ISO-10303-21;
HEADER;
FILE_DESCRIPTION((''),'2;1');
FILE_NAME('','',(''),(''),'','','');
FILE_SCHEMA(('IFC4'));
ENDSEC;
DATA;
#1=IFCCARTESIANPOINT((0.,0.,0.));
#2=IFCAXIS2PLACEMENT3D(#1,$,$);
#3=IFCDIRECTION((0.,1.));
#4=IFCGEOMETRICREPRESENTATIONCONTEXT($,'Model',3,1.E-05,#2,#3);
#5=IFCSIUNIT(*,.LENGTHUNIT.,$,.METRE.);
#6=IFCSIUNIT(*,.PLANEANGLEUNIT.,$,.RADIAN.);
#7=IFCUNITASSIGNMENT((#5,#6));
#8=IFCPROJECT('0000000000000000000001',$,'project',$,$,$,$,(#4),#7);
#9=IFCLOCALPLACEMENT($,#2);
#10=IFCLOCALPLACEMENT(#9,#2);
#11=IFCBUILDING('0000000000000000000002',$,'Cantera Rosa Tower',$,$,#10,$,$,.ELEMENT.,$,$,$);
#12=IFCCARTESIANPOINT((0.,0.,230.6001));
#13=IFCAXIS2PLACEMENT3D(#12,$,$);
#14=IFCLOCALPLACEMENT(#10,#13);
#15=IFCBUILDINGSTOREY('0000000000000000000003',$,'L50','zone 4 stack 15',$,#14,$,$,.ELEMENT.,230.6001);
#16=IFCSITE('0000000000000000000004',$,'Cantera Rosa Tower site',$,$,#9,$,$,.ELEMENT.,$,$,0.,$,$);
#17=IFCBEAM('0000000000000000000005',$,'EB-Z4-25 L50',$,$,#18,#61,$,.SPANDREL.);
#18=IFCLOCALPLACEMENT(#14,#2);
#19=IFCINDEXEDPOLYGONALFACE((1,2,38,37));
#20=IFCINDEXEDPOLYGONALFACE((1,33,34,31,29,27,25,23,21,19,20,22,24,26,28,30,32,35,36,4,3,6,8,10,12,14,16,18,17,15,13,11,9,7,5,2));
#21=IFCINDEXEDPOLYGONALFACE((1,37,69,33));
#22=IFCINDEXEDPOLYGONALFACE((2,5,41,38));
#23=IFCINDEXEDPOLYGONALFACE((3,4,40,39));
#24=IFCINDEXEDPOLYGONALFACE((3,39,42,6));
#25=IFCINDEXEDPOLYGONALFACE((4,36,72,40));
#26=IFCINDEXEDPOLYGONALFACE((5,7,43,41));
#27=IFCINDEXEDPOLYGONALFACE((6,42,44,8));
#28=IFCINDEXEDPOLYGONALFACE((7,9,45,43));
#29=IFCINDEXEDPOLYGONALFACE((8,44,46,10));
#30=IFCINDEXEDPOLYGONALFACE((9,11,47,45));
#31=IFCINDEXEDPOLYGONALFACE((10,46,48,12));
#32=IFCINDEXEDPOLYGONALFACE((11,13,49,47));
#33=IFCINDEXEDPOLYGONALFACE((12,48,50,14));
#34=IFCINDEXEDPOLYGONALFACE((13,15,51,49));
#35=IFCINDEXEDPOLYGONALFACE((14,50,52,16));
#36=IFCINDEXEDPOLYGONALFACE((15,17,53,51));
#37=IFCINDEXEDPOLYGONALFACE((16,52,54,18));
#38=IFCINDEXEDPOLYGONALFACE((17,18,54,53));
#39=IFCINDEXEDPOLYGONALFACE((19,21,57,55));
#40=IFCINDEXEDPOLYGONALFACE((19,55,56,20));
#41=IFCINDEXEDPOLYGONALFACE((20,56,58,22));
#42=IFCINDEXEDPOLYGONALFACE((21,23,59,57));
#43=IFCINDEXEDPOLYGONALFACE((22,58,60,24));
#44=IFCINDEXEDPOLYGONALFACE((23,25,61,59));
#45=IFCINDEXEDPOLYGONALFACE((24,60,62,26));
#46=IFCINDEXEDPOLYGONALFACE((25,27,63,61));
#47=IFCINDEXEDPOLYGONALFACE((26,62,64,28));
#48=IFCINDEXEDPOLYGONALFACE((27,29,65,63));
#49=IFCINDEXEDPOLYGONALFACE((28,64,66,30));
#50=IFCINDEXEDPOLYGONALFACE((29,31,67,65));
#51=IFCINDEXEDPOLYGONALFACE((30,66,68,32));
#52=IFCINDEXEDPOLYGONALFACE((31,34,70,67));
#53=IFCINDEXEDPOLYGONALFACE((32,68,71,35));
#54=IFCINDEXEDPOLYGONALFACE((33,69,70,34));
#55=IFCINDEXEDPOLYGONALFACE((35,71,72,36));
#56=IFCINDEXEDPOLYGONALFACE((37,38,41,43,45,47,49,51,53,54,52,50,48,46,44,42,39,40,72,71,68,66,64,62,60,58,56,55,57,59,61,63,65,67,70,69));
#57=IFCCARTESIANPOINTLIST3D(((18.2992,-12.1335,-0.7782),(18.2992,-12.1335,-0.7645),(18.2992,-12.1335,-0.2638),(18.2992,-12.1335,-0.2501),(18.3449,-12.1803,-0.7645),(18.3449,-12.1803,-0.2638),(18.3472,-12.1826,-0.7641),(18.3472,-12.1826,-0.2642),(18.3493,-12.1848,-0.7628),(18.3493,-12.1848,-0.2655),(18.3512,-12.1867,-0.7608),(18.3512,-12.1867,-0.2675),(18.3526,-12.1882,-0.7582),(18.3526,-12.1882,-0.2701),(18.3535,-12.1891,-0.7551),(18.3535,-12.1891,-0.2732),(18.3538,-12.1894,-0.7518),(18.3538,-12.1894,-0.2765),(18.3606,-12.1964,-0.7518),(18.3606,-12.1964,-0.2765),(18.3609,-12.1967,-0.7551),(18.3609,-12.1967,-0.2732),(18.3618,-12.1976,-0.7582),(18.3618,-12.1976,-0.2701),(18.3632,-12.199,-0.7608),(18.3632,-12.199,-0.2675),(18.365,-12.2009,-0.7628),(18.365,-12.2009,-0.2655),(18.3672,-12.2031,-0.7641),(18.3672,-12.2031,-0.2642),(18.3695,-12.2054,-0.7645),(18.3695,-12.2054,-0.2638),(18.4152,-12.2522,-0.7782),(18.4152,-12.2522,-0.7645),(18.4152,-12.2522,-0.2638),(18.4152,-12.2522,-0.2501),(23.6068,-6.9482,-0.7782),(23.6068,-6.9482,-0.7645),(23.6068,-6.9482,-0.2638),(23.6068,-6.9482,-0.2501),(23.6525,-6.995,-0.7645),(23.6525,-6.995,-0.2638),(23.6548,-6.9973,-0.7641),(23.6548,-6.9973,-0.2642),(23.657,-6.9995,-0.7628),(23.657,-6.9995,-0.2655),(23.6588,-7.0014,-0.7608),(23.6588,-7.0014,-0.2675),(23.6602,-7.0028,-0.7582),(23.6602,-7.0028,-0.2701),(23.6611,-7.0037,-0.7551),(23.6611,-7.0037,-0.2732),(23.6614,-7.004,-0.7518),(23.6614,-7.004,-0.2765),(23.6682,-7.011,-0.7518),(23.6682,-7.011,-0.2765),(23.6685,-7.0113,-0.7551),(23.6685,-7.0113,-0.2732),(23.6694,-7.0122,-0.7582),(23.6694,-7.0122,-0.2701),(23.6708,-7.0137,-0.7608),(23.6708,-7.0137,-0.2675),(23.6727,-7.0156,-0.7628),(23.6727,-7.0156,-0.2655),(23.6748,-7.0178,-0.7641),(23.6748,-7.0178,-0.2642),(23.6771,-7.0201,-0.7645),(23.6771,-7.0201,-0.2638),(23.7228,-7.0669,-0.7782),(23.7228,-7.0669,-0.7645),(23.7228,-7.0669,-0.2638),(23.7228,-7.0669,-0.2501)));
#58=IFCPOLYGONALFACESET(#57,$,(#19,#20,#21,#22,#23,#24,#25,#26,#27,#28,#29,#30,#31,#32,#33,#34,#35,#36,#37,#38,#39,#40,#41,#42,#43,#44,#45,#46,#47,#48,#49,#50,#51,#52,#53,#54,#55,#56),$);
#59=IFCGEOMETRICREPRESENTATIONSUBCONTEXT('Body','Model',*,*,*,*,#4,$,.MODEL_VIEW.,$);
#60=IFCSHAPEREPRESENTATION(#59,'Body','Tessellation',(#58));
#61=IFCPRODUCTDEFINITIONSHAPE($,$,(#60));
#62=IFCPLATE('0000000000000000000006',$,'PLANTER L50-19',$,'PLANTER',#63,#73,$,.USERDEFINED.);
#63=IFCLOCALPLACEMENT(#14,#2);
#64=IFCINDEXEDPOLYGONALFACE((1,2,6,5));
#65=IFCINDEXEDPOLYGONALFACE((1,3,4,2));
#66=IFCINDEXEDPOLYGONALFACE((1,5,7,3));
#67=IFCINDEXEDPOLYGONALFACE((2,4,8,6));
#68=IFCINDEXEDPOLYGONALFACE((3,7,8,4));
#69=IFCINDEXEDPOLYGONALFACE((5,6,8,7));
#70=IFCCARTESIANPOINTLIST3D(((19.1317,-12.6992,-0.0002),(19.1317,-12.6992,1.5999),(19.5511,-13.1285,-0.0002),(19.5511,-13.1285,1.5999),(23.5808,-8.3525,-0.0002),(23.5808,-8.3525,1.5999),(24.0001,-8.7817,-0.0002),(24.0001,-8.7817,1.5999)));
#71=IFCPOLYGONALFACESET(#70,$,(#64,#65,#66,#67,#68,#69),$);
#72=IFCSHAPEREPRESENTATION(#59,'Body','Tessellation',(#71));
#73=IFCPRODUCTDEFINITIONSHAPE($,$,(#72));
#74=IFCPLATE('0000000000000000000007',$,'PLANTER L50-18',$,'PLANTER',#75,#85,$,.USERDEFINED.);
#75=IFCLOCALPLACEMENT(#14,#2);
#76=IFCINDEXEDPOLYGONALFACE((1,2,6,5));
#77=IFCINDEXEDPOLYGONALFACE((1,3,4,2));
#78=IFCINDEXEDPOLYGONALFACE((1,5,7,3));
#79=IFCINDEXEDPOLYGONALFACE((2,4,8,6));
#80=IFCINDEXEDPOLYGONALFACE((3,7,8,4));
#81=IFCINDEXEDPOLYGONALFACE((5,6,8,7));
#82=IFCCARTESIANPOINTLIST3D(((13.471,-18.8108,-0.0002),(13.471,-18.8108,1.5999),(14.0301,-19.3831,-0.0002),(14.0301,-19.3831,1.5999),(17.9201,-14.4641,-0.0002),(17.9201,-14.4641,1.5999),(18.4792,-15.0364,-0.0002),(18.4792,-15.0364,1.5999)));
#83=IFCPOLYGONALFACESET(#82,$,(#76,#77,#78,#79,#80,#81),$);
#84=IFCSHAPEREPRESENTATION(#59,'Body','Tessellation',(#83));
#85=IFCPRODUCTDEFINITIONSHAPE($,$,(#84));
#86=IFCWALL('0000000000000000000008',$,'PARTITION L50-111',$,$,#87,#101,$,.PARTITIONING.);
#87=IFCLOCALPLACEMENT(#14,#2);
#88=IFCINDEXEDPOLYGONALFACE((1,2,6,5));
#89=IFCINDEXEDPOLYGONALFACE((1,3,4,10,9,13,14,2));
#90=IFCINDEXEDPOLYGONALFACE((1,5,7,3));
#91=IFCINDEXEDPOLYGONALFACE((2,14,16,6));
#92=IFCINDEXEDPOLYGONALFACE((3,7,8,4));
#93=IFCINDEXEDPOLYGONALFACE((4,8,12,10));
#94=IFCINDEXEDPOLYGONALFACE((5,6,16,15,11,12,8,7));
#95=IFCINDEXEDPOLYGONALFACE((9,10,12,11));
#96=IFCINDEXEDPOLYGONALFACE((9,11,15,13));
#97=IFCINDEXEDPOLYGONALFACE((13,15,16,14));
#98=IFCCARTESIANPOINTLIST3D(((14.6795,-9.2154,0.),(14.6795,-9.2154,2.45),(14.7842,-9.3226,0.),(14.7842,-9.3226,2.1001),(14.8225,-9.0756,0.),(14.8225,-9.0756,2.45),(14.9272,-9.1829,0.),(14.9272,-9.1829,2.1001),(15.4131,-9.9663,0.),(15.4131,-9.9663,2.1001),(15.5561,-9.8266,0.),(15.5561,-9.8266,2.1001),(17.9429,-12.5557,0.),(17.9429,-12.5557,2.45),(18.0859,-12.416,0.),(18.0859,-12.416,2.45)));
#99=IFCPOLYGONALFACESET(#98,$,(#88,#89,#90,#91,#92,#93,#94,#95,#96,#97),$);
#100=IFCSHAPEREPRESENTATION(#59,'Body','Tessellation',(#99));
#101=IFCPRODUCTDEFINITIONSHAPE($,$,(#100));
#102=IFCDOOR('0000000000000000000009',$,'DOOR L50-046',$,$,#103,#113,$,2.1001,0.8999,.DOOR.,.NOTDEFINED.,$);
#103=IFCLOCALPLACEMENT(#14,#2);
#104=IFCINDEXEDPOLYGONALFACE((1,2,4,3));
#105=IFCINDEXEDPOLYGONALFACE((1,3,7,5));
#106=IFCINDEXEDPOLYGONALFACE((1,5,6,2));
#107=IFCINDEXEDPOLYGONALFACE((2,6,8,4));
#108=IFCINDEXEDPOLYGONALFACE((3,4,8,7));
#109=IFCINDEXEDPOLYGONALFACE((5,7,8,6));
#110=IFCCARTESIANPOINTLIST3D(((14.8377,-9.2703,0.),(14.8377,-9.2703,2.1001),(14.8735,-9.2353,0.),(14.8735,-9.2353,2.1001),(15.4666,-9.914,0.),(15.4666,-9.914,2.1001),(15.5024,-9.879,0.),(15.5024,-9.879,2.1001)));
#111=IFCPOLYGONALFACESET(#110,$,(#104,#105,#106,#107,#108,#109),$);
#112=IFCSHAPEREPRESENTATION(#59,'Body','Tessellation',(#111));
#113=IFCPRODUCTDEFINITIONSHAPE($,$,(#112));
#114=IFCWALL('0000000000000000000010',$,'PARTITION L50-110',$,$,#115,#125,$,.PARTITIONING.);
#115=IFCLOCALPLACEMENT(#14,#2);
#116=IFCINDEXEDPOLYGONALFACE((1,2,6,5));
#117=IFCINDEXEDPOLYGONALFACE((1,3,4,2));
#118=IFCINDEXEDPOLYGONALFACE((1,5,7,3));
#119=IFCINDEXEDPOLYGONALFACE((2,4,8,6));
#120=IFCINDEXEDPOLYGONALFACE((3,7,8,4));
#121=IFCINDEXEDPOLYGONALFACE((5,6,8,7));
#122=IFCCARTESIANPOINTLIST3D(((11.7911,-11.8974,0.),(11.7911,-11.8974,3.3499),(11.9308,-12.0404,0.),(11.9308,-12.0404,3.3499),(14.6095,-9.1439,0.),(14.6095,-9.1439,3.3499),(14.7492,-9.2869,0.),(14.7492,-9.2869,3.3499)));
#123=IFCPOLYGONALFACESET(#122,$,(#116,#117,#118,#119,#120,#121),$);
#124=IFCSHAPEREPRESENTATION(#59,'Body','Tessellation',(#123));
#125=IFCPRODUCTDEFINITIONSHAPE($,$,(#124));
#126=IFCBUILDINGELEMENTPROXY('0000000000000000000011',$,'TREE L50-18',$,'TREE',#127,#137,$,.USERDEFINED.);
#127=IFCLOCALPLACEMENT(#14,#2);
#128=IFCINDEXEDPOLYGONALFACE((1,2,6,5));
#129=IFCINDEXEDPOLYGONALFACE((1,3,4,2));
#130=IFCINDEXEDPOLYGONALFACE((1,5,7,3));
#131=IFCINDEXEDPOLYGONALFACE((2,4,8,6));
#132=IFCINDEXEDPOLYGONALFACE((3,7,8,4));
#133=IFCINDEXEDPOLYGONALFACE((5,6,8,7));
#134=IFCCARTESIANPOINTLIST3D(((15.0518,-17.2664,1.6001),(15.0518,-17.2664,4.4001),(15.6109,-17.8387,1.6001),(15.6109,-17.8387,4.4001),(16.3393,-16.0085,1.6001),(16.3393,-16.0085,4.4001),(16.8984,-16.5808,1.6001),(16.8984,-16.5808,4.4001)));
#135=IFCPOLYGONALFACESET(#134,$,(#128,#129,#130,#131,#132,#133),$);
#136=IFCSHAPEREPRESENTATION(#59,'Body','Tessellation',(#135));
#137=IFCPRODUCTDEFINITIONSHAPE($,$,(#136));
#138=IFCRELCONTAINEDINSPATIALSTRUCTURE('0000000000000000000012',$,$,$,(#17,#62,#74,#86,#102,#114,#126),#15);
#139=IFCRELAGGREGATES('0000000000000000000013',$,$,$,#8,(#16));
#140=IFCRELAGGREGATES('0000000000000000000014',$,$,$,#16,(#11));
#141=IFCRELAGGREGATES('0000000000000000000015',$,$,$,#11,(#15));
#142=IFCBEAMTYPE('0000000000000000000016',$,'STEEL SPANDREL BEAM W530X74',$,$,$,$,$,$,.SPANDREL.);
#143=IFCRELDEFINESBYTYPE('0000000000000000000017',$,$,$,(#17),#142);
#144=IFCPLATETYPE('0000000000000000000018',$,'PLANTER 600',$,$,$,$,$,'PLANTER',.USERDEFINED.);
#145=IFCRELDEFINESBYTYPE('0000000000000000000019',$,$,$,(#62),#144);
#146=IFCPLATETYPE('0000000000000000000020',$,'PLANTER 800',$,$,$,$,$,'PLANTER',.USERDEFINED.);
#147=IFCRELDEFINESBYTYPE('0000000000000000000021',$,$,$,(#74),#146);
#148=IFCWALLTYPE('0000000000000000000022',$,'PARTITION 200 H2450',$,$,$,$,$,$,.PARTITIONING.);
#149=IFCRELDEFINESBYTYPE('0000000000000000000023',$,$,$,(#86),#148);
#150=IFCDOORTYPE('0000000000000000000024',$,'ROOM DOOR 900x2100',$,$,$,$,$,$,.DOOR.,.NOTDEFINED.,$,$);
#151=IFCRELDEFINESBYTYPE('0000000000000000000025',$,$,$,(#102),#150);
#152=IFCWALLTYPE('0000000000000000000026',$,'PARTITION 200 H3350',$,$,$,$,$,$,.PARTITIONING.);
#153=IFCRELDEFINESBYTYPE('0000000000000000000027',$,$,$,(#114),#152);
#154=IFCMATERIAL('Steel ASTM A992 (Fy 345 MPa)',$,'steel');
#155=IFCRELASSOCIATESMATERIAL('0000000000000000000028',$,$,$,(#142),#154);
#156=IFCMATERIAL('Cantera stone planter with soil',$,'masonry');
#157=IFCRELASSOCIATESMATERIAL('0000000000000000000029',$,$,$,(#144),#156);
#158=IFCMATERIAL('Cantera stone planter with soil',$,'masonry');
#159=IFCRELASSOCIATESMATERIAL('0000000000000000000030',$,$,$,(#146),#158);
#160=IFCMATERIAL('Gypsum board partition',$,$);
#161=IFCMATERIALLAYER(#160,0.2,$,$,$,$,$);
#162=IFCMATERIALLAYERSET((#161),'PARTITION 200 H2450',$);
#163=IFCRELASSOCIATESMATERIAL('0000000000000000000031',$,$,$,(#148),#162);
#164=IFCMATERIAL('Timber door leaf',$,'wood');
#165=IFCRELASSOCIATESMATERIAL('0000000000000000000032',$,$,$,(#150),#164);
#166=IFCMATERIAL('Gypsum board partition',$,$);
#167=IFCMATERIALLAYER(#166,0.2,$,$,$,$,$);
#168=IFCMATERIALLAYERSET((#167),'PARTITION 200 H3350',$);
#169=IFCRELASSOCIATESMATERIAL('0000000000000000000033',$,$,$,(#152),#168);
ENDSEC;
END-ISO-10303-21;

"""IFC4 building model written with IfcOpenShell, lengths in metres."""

from ifc_helpers import new_model, si_unit, direction, frame, frame_2d, origin, origin_2d, place, context, subcontext, project, spatial, rectangle, i_section, extrude, material, layer, layer_set, material_profile, profile_set, type_object, element, fill, save


model = new_model("IFC4")

# Units and contexts
model_context = context("Model", 3, precision=1e-05, world=origin(), true_north=direction((0.0, 1.0)))
body_context = subcontext(model_context, "Body", "Model", "MODEL_VIEW")
ifc_project = project(units=[si_unit("LENGTHUNIT", "METRE"), si_unit("PLANEANGLEUNIT", "RADIAN")], contexts=[model_context])

# Site, building, storey
site_placement = place(None, origin())
site = spatial("IfcSite", under=ifc_project, at=site_placement, Name="Cantera Rosa Tower site", CompositionType="ELEMENT", RefElevation=0.0)
building_placement = place(site_placement, origin())
building = spatial("IfcBuilding", under=site, at=building_placement, Name="Cantera Rosa Tower", CompositionType="ELEMENT")
storey_placement = place(building_placement, frame((0.0, 0.0, 230.6001)))
storey = spatial("IfcBuildingStorey", under=building, at=storey_placement, Name="L50", Description="zone 4 stack 15", CompositionType="ELEMENT", Elevation=230.6001)

# Beam
ifc_material_1 = material(Name="Steel ASTM A992 (Fy 345 MPa)", Category="steel")
ifc_material_profile_1 = material_profile(ifc_material_1, i_section(OverallWidth=0.166, OverallDepth=0.5281, WebThickness=0.0098, FlangeThickness=0.0137, FilletRadius=0.0127, at=origin_2d()), Name="W530X74")
ifc_profile_set_1 = profile_set([ifc_material_profile_1], Name="Steel ASTM A992 (Fy 345 MPa)")
beam_type_1 = type_object("IfcBeamType", Name="STEEL SPANDREL BEAM W530X74", PredefinedType="SPANDREL", material=ifc_profile_set_1)
beam_1_placement = place(storey_placement, frame((18.3572, -12.1929, -0.5142), z_axis=(0.715301, 0.698817, 0.0), x_axis=(-0.698817, 0.715301, 0.0)))
element("IfcBeam", 1, at=beam_1_placement, inside=storey, type_object=beam_type_1, Name="EB-Z4-25 L50", PredefinedType="SPANDREL", context=body_context, shape_type="SweptSolid", body=[
    extrude(i_section(OverallWidth=0.166, OverallDepth=0.5281, WebThickness=0.0098, FlangeThickness=0.0137, FilletRadius=0.0127, at=origin_2d()), origin(), (0.0, 0.0, 1.0), 7.4202),
])

# Plates
ifc_material_2 = material(Name="Cantera stone planter with soil", Category="masonry")
plate_type_1 = type_object("IfcPlateType", Name="PLANTER 600", ElementType="PLANTER", PredefinedType="USERDEFINED", material=ifc_material_2)
plate_1_placement = place(storey_placement, frame((21.5659, -10.7405, -0.0002), z_axis=(0.0, 0.0, 1.0), x_axis=(0.715286, 0.698832, 0.0)))
element("IfcPlate", 2, at=plate_1_placement, inside=storey, type_object=plate_type_1, Name="PLANTER L50-19", ObjectType="PLANTER", PredefinedType="USERDEFINED", context=body_context, shape_type="SweptSolid", body=[
    extrude(rectangle(XDim=6.22, YDim=0.6001, at=origin_2d()), origin(), (0.0, 0.0, 1.0), 1.6001),
])
ifc_material_3 = material(Name="Cantera stone planter with soil", Category="masonry")
plate_type_2 = type_object("IfcPlateType", Name="PLANTER 800", ElementType="PLANTER", PredefinedType="USERDEFINED", material=ifc_material_3)
plate_2_placement = place(storey_placement, frame((15.9751, -16.9236, -0.0002), z_axis=(0.0, 0.0, 1.0), x_axis=(0.715286, 0.698832, 0.0)))
element("IfcPlate", 3, at=plate_2_placement, inside=storey, type_object=plate_type_2, Name="PLANTER L50-18", ObjectType="PLANTER", PredefinedType="USERDEFINED", context=body_context, shape_type="SweptSolid", body=[
    extrude(rectangle(XDim=6.22, YDim=0.8, at=origin_2d()), origin(), (0.0, 0.0, 1.0), 1.6001),
])

# Wall, opening, door
ifc_material_4 = material(Name="Gypsum board partition")
ifc_layer_1 = layer(ifc_material_4, 0.2)
ifc_layer_set_1 = layer_set([ifc_layer_1], Name="PARTITION 200 H2450")
wall_type_1 = type_object("IfcWallType", Name="PARTITION 200 H2450", PredefinedType="PARTITIONING", material=ifc_layer_set_1)
wall_1_placement = place(storey_placement, frame((14.751, -9.1455, 0.0), z_axis=(0.0, 0.0, 1.0), x_axis=(0.698825, -0.715293, 0.0)))
wall_1 = element("IfcWall", 4, at=wall_1_placement, inside=storey, type_object=wall_type_1, Name="PARTITION L50-111", PredefinedType="PARTITIONING", context=body_context, shape_type="SweptSolid", body=[
    extrude(rectangle(XDim=4.6699, YDim=0.2, at=frame_2d((2.335, 0.0))), origin(), (0.0, 0.0, 1.0), 2.45),
])
opening_1_placement = place(wall_1_placement, frame((0.1499, 0.0, 0.0)))
opening_1 = element("IfcOpeningElement", 5, at=opening_1_placement, cuts=wall_1, PredefinedType="OPENING", context=body_context, shape_type="SweptSolid", body=[
    extrude(rectangle(XDim=0.8999, YDim=2.1001, at=frame_2d((0.45, 1.05))), frame((0.0, 0.1099, 0.0), z_axis=(0.0, -1.0, 0.0), x_axis=(1.0, 0.0, 0.0)), (0.0, 0.0, 1.0), 0.22),
])
ifc_material_5 = material(Name="Timber door leaf", Category="wood")
door_type_1 = type_object("IfcDoorType", Name="ROOM DOOR 900x2100", OperationType="NOTDEFINED", PredefinedType="DOOR", material=ifc_material_5)
door_1_placement = place(opening_1_placement, origin())
door_1 = element("IfcDoor", 6, at=door_1_placement, inside=storey, type_object=door_type_1, Name="DOOR L50-046", OperationType="NOTDEFINED", OverallHeight=2.1001, OverallWidth=0.8999, PredefinedType="DOOR", context=body_context, shape_type="SweptSolid", body=[
    extrude(rectangle(XDim=0.8999, YDim=2.1001, at=frame_2d((0.45, 1.05))), frame((0.0, 0.0249, 0.0), z_axis=(0.0, -1.0, 0.0), x_axis=(1.0, 0.0, 0.0)), (0.0, 0.0, 1.0), 0.05),
])
fill(opening_1, door_1)

# Wall
ifc_material_6 = material(Name="Gypsum board partition")
ifc_layer_2 = layer(ifc_material_6, 0.2)
ifc_layer_set_2 = layer_set([ifc_layer_2], Name="PARTITION 200 H3350")
wall_type_2 = type_object("IfcWallType", Name="PARTITION 200 H3350", PredefinedType="PARTITIONING", material=ifc_layer_set_2)
wall_2_placement = place(storey_placement, frame((14.6794, -9.2153, 0.0), z_axis=(0.0, 0.0, 1.0), x_axis=(-0.7153, -0.698818, 0.0)))
element("IfcWall", 7, at=wall_2_placement, inside=storey, type_object=wall_type_2, Name="PARTITION L50-110", PredefinedType="PARTITIONING", context=body_context, shape_type="SweptSolid", body=[
    extrude(rectangle(XDim=3.9402, YDim=0.2, at=frame_2d((1.9702, 0.0))), origin(), (0.0, 0.0, 1.0), 3.3499),
])

# Building element proxy
proxy_placement = place(storey_placement, frame((15.9751, -16.9236, 1.6001), z_axis=(0.0, 0.0, 1.0), x_axis=(0.715286, 0.698832, 0.0)))
element("IfcBuildingElementProxy", 8, at=proxy_placement, inside=storey, Name="TREE L50-18", ObjectType="TREE", PredefinedType="USERDEFINED", context=body_context, shape_type="SweptSolid", body=[
    extrude(rectangle(XDim=1.8, YDim=0.8, at=origin_2d()), origin(), (0.0, 0.0, 1.0), 2.8),
])

save(model, "model.ifc")
